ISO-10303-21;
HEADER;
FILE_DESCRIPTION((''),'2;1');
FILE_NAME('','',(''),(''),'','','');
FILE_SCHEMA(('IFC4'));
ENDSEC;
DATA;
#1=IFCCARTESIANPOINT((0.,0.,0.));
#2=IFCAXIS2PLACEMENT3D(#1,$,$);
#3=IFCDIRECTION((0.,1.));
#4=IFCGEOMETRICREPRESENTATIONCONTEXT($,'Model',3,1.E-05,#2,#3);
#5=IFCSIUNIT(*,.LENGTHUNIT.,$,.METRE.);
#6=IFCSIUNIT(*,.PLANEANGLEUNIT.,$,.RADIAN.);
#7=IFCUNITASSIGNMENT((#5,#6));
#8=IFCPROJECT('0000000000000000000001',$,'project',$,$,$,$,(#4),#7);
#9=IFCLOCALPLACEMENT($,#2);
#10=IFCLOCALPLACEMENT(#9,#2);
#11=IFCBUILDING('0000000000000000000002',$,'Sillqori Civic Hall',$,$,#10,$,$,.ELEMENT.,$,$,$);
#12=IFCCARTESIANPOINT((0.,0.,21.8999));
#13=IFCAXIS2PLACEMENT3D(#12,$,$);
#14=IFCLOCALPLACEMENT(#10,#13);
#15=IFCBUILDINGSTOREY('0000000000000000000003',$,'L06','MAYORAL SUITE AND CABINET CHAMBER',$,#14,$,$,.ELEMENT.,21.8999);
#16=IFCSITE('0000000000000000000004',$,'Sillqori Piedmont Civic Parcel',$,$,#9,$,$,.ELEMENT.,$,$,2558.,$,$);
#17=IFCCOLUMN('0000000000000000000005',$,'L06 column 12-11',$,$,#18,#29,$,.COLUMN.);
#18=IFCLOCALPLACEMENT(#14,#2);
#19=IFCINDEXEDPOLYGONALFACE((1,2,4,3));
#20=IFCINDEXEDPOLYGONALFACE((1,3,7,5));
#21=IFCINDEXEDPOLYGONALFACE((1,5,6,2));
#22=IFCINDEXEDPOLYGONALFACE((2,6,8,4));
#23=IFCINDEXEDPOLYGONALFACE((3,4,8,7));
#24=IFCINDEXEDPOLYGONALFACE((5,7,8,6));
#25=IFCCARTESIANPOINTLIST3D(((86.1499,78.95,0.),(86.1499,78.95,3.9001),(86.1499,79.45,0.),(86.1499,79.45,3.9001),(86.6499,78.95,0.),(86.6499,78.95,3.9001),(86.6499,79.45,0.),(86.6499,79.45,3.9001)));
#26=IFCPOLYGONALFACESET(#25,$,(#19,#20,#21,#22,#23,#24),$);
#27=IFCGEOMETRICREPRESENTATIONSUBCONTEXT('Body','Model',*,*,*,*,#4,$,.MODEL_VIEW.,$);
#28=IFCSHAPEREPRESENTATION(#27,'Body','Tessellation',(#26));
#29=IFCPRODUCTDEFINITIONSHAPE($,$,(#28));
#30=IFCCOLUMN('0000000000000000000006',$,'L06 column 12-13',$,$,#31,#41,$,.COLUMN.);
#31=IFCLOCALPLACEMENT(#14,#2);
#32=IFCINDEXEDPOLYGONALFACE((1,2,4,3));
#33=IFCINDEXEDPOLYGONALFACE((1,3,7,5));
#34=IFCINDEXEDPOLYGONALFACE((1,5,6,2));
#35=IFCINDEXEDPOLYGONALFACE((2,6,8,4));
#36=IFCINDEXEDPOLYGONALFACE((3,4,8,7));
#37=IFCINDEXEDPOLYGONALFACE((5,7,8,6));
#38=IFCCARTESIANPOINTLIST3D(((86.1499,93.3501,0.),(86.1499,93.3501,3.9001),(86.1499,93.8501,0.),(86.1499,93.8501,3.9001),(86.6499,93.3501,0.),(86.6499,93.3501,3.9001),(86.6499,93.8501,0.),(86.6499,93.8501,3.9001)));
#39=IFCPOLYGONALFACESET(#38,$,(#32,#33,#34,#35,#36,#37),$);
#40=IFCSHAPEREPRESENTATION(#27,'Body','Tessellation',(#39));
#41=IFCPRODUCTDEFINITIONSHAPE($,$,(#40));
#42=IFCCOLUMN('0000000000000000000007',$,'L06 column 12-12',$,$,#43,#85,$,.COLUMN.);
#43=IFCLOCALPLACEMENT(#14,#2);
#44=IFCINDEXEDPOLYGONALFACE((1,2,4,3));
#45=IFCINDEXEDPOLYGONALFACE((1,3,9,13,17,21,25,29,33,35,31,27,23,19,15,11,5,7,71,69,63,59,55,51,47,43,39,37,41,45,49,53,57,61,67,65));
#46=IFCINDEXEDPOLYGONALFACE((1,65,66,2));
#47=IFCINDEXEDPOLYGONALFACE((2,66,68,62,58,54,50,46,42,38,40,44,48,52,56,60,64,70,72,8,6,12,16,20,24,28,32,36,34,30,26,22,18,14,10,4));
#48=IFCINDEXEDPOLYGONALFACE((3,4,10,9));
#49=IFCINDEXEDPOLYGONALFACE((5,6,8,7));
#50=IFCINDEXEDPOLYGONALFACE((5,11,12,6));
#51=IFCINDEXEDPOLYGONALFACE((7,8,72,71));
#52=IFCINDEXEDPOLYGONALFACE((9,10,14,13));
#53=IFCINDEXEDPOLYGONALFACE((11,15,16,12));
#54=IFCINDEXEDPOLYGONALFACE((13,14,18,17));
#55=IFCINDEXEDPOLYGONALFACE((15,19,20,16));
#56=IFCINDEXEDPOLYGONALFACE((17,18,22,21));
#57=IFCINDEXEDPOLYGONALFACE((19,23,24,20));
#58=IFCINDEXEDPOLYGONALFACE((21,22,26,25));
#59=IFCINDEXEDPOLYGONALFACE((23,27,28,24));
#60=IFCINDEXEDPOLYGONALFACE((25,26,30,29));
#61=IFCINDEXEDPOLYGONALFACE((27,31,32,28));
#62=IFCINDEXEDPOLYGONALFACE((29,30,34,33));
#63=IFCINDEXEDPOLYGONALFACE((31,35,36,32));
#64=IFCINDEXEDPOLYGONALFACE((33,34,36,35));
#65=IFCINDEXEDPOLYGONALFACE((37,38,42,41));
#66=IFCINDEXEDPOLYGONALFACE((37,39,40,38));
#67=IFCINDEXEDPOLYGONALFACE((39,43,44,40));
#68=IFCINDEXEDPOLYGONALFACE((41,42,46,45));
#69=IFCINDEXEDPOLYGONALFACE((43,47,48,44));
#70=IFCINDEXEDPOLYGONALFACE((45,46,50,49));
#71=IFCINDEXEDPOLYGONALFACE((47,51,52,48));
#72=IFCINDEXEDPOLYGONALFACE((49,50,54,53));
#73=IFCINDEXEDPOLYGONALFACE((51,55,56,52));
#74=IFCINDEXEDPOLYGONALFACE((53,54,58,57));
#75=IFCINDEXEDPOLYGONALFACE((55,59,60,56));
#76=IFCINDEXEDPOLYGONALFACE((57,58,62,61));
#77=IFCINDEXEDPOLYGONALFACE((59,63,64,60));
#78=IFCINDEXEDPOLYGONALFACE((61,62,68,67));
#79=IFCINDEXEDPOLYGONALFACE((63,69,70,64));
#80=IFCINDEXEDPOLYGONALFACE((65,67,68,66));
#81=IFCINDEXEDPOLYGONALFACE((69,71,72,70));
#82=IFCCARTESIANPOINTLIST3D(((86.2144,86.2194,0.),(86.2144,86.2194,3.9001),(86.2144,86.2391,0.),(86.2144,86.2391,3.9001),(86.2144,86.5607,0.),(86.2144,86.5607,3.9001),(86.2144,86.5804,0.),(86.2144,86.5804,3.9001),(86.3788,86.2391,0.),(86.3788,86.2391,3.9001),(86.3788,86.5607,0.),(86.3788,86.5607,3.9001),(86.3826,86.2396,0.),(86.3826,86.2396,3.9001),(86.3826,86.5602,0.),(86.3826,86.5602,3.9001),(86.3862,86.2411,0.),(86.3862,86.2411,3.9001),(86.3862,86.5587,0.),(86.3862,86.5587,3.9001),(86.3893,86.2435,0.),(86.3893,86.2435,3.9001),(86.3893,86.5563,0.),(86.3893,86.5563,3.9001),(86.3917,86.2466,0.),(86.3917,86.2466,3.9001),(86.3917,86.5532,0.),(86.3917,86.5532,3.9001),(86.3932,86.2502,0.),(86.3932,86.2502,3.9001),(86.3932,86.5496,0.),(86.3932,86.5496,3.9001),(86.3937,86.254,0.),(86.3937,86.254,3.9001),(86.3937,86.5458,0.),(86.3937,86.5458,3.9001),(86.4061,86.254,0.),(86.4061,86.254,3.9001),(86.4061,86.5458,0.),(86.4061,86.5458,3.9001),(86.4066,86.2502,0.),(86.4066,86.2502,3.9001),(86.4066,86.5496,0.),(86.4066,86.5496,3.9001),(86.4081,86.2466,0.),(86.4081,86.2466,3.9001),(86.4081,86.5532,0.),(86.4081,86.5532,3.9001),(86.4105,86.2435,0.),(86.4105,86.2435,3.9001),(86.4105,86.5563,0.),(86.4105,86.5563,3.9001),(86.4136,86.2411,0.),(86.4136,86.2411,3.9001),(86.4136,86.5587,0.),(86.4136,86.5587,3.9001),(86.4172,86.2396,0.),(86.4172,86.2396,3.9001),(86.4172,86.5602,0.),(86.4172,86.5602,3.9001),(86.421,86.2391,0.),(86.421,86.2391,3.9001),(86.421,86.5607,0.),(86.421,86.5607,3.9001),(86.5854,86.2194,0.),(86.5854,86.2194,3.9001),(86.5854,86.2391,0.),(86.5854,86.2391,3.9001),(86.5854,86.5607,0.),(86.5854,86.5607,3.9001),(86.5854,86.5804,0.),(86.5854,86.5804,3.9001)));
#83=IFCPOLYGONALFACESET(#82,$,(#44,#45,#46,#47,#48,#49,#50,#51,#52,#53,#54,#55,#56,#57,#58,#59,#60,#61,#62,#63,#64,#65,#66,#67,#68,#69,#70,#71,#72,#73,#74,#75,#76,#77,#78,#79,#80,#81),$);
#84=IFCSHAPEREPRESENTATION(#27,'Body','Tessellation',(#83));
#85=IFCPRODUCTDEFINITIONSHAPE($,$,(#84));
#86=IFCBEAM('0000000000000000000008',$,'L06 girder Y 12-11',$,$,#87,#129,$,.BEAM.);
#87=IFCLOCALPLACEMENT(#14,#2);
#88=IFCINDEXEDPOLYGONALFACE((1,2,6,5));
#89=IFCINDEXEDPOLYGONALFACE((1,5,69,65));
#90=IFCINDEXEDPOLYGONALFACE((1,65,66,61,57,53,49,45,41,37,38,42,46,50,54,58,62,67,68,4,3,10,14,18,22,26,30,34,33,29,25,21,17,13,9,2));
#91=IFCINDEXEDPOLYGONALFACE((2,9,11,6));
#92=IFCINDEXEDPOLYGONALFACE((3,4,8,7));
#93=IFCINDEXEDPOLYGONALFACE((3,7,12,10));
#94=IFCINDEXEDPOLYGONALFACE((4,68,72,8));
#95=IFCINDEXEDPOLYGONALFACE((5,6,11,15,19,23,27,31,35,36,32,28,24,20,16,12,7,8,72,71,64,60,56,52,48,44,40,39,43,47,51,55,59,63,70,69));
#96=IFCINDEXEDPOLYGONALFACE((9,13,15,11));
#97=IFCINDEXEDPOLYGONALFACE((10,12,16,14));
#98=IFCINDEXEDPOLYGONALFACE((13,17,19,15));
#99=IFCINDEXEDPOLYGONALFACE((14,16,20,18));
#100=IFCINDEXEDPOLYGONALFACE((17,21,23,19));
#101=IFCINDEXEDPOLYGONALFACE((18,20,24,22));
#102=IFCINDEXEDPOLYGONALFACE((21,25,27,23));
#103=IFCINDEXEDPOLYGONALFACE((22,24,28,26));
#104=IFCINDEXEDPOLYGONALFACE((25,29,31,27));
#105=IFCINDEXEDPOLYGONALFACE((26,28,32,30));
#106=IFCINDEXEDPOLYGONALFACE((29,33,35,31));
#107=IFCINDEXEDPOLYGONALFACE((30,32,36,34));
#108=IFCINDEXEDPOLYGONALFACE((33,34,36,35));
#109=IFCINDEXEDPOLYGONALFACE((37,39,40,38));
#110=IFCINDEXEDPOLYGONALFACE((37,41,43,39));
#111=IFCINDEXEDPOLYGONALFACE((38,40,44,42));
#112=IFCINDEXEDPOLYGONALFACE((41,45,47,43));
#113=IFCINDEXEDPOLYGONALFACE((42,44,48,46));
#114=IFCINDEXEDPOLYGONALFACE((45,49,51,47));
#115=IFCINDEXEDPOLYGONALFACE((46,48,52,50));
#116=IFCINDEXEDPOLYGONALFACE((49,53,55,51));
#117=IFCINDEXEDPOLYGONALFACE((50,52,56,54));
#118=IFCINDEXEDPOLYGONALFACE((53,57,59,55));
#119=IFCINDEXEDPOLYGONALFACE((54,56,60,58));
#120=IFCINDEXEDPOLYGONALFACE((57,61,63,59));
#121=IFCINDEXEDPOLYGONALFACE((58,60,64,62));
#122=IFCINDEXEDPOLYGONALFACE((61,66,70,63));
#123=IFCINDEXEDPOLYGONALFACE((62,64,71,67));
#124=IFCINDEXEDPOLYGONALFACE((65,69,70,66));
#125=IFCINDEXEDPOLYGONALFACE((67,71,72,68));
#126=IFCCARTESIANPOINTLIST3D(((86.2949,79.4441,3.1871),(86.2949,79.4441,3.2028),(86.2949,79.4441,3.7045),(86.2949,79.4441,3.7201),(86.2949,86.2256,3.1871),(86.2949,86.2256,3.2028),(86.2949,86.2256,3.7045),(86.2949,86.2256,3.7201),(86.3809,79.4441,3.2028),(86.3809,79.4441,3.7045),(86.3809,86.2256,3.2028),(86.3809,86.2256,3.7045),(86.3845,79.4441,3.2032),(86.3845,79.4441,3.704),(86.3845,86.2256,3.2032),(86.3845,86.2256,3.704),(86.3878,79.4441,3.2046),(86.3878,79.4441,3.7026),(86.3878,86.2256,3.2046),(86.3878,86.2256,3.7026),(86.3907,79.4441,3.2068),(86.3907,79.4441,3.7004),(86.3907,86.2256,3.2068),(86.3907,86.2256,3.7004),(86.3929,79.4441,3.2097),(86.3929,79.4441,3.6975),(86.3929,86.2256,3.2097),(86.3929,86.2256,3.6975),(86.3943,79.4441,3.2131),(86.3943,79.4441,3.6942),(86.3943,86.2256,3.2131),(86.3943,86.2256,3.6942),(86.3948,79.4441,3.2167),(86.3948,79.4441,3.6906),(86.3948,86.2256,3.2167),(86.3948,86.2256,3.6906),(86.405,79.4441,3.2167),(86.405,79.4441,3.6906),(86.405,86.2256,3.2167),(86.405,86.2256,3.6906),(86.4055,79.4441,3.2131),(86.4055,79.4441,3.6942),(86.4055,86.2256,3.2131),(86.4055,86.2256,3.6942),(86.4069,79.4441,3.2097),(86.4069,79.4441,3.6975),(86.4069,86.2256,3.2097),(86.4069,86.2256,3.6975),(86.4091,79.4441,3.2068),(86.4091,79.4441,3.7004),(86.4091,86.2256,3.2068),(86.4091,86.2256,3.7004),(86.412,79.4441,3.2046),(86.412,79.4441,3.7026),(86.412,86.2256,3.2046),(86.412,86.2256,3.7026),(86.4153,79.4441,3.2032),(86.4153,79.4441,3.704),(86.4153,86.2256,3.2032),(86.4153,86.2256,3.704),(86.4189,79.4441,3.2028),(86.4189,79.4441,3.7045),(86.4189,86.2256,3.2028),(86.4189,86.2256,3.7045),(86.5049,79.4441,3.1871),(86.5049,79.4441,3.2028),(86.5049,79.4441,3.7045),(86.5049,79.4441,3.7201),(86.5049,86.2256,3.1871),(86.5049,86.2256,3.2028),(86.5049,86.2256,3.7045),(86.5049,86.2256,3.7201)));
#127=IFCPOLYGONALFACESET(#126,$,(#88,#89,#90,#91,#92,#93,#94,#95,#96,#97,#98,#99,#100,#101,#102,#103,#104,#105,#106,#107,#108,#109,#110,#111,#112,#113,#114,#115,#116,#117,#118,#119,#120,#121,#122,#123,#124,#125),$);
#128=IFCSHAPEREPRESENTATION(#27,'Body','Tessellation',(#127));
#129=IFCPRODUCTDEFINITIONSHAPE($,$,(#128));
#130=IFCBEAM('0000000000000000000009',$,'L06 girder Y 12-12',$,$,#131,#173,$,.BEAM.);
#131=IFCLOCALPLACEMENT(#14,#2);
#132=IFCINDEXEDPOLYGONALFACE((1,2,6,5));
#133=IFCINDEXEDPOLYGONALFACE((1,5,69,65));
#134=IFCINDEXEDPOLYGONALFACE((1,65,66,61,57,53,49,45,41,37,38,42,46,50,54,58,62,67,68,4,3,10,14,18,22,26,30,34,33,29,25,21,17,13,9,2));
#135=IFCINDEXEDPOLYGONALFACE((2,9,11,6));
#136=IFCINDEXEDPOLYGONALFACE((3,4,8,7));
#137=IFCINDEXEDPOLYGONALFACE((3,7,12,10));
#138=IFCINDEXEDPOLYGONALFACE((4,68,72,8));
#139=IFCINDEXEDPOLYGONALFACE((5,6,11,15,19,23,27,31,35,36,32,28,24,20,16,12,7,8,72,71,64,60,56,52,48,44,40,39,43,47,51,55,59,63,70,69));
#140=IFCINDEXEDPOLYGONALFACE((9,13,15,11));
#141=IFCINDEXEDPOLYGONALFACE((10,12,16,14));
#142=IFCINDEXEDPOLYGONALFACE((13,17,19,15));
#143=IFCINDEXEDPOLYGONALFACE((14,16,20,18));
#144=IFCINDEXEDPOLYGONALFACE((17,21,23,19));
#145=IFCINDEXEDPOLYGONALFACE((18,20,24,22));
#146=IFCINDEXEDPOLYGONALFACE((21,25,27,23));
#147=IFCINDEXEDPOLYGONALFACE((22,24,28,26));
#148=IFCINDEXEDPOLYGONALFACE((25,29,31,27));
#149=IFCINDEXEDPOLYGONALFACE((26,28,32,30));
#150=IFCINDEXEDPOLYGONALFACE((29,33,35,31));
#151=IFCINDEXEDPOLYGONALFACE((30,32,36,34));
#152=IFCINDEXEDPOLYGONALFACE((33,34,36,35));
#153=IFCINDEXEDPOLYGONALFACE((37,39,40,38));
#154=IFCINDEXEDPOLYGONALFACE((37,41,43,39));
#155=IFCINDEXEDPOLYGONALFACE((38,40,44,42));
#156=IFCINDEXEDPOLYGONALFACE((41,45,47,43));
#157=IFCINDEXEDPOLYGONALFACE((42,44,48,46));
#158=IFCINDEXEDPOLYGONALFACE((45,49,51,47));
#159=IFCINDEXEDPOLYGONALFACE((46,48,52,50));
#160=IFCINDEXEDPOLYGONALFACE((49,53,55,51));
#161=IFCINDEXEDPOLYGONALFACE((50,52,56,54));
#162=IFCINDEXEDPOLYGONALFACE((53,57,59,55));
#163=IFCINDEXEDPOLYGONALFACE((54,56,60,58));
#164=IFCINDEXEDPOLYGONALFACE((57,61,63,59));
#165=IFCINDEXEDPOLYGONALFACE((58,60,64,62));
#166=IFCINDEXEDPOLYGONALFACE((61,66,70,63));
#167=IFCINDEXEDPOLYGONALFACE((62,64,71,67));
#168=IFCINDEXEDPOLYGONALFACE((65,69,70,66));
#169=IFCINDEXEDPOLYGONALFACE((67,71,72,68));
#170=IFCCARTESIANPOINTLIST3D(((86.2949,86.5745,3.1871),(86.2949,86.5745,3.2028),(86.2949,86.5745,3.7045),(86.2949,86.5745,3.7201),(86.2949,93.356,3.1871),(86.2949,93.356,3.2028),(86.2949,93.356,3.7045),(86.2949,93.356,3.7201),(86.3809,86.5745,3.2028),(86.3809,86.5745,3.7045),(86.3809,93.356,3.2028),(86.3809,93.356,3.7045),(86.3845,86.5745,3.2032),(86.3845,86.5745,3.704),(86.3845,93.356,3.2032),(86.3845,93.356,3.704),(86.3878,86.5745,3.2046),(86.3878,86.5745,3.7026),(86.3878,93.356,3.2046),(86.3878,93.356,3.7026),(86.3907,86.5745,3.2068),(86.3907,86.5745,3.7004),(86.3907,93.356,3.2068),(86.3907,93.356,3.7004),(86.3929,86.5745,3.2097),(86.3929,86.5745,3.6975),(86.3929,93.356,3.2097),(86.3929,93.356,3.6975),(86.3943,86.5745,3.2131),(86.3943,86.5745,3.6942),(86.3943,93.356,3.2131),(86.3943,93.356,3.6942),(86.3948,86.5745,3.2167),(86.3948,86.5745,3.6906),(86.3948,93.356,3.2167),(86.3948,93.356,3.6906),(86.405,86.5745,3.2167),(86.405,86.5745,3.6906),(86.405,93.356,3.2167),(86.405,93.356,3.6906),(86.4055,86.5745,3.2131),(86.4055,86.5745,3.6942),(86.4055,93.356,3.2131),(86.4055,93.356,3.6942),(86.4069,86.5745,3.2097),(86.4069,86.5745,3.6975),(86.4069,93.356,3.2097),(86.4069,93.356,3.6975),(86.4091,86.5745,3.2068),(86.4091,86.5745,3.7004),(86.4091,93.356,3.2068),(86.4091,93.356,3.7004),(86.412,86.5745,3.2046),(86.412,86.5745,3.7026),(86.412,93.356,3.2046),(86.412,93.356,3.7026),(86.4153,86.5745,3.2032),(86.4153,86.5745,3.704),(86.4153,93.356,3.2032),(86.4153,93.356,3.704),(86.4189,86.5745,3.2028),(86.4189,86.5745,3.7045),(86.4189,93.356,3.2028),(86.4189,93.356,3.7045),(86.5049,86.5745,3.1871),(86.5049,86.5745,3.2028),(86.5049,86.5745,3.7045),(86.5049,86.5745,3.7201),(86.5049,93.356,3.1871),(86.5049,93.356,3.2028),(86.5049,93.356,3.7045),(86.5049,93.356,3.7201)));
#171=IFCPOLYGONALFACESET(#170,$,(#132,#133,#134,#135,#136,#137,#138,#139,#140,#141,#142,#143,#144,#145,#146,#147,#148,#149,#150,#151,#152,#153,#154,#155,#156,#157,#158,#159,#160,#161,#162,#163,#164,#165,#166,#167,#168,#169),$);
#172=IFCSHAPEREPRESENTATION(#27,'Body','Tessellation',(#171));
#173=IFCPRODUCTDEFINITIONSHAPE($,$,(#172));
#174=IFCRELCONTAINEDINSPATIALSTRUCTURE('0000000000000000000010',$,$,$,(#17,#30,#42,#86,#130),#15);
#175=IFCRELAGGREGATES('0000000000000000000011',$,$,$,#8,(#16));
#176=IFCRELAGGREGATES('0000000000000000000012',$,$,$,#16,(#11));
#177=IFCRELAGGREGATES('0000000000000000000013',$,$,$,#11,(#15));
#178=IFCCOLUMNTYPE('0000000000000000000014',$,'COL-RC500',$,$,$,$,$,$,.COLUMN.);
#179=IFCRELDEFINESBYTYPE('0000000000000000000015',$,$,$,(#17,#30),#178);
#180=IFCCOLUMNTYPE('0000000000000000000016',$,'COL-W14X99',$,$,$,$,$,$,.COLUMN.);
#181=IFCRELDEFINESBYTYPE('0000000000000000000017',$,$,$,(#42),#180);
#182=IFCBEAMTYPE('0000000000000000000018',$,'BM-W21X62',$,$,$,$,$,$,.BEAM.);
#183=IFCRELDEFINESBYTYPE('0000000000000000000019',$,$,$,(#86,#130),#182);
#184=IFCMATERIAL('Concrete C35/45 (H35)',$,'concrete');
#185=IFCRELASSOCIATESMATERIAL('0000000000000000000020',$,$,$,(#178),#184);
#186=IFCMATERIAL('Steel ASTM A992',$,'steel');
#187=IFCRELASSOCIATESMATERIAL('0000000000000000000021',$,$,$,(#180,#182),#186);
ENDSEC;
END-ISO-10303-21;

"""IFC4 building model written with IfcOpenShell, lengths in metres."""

from ifc_helpers import new_model, si_unit, direction, frame, origin, origin_2d, place, context, subcontext, project, spatial, rectangle, i_section, extrude, material, material_profile, profile_set, type_object, element, save


model = new_model("IFC4")

# Units and contexts
model_context = context("Model", 3, precision=1e-05, world=origin(), true_north=direction((0.0, 1.0)))
body_context = subcontext(model_context, "Body", "Model", "MODEL_VIEW")
ifc_project = project(units=[si_unit("LENGTHUNIT", "METRE"), si_unit("PLANEANGLEUNIT", "RADIAN")], contexts=[model_context])

# Site, building, storey
site_placement = place(None, origin())
site = spatial("IfcSite", under=ifc_project, at=site_placement, Name="Sillqori Piedmont Civic Parcel", CompositionType="ELEMENT", RefElevation=2558.0)
building_placement = place(site_placement, origin())
building = spatial("IfcBuilding", under=site, at=building_placement, Name="Sillqori Civic Hall", CompositionType="ELEMENT")
storey_placement = place(building_placement, frame((0.0, 0.0, 21.8999)))
storey = spatial("IfcBuildingStorey", under=building, at=storey_placement, Name="L06", Description="MAYORAL SUITE AND CABINET CHAMBER", CompositionType="ELEMENT", Elevation=21.8999)

# Columns
ifc_material_1 = material(Name="Concrete C35/45 (H35)", Category="concrete")
ifc_material_profile_1 = material_profile(ifc_material_1, rectangle(XDim=0.5, YDim=0.5, at=origin_2d()), Name="RC 500x500")
ifc_profile_set_1 = profile_set([ifc_material_profile_1], Name="Concrete C35/45 (H35)")
column_type_1 = type_object("IfcColumnType", Name="COL-RC500", PredefinedType="COLUMN", material=ifc_profile_set_1)
for number, where, z_axis, x_axis, name in (
    (1, (86.3999, 79.2, 0.0), (0.0, 0.0, 1.0), (1.0, 0.0, 0.0), "L06 column 12-11"),
    (2, (86.3999, 93.6001, 0.0), (0.0, 0.0, 1.0), (1.0, 0.0, 0.0), "L06 column 12-13"),
):
    element("IfcColumn", number, at=place(storey_placement, frame(where, z_axis=z_axis, x_axis=x_axis)), inside=storey, type_object=column_type_1, Name=name, PredefinedType="COLUMN", context=body_context, shape_type="SweptSolid", body=[
        extrude(rectangle(XDim=0.5, YDim=0.5, at=origin_2d()), origin(), (0.0, 0.0, 1.0), 3.9001),
    ])
ifc_material_2 = material(Name="Steel ASTM A992", Category="steel")
ifc_material_profile_2 = material_profile(ifc_material_2, i_section(OverallWidth=0.3711, OverallDepth=0.3611, WebThickness=0.0125, FlangeThickness=0.0198, FilletRadius=0.0149, at=origin_2d()), Name="W14X99")
ifc_profile_set_2 = profile_set([ifc_material_profile_2], Name="Steel ASTM A992")
column_type_2 = type_object("IfcColumnType", Name="COL-W14X99", PredefinedType="COLUMN", material=ifc_profile_set_2)
column_placement = place(storey_placement, frame((86.3999, 86.3999, 0.0), z_axis=(0.0, 0.0, 1.0), x_axis=(1.0, 0.0, 0.0)))
element("IfcColumn", 3, at=column_placement, inside=storey, type_object=column_type_2, Name="L06 column 12-12", PredefinedType="COLUMN", context=body_context, shape_type="SweptSolid", body=[
    extrude(i_section(OverallWidth=0.3711, OverallDepth=0.3611, WebThickness=0.0125, FlangeThickness=0.0198, FilletRadius=0.0149, at=origin_2d()), origin(), (0.0, 0.0, 1.0), 3.9001),
])

# Beams
ifc_material_profile_3 = material_profile(ifc_material_2, i_section(OverallWidth=0.21, OverallDepth=0.533, WebThickness=0.0103, FlangeThickness=0.0156, FilletRadius=0.0139, at=origin_2d()), Name="W21X62")
ifc_profile_set_3 = profile_set([ifc_material_profile_3], Name="Steel ASTM A992")
beam_type_1 = type_object("IfcBeamType", Name="BM-W21X62", PredefinedType="BEAM", material=ifc_profile_set_3)
for number, where, z_axis, x_axis, name in (
    (4, (86.3999, 79.4441, 3.4536), (0.0, 1.0, 0.0), (-1.0, 0.0, 0.0), "L06 girder Y 12-11"),
    (5, (86.3999, 86.5745, 3.4536), (0.0, 1.0, 0.0), (-1.0, 0.0, 0.0), "L06 girder Y 12-12"),
):
    element("IfcBeam", number, at=place(storey_placement, frame(where, z_axis=z_axis, x_axis=x_axis)), inside=storey, type_object=beam_type_1, Name=name, PredefinedType="BEAM", context=body_context, shape_type="SweptSolid", body=[
        extrude(i_section(OverallWidth=0.21, OverallDepth=0.533, WebThickness=0.0103, FlangeThickness=0.0156, FilletRadius=0.0139, at=origin_2d()), origin(), (0.0, 0.0, 1.0), 6.7815),
    ])

save(model, "model.ifc")
